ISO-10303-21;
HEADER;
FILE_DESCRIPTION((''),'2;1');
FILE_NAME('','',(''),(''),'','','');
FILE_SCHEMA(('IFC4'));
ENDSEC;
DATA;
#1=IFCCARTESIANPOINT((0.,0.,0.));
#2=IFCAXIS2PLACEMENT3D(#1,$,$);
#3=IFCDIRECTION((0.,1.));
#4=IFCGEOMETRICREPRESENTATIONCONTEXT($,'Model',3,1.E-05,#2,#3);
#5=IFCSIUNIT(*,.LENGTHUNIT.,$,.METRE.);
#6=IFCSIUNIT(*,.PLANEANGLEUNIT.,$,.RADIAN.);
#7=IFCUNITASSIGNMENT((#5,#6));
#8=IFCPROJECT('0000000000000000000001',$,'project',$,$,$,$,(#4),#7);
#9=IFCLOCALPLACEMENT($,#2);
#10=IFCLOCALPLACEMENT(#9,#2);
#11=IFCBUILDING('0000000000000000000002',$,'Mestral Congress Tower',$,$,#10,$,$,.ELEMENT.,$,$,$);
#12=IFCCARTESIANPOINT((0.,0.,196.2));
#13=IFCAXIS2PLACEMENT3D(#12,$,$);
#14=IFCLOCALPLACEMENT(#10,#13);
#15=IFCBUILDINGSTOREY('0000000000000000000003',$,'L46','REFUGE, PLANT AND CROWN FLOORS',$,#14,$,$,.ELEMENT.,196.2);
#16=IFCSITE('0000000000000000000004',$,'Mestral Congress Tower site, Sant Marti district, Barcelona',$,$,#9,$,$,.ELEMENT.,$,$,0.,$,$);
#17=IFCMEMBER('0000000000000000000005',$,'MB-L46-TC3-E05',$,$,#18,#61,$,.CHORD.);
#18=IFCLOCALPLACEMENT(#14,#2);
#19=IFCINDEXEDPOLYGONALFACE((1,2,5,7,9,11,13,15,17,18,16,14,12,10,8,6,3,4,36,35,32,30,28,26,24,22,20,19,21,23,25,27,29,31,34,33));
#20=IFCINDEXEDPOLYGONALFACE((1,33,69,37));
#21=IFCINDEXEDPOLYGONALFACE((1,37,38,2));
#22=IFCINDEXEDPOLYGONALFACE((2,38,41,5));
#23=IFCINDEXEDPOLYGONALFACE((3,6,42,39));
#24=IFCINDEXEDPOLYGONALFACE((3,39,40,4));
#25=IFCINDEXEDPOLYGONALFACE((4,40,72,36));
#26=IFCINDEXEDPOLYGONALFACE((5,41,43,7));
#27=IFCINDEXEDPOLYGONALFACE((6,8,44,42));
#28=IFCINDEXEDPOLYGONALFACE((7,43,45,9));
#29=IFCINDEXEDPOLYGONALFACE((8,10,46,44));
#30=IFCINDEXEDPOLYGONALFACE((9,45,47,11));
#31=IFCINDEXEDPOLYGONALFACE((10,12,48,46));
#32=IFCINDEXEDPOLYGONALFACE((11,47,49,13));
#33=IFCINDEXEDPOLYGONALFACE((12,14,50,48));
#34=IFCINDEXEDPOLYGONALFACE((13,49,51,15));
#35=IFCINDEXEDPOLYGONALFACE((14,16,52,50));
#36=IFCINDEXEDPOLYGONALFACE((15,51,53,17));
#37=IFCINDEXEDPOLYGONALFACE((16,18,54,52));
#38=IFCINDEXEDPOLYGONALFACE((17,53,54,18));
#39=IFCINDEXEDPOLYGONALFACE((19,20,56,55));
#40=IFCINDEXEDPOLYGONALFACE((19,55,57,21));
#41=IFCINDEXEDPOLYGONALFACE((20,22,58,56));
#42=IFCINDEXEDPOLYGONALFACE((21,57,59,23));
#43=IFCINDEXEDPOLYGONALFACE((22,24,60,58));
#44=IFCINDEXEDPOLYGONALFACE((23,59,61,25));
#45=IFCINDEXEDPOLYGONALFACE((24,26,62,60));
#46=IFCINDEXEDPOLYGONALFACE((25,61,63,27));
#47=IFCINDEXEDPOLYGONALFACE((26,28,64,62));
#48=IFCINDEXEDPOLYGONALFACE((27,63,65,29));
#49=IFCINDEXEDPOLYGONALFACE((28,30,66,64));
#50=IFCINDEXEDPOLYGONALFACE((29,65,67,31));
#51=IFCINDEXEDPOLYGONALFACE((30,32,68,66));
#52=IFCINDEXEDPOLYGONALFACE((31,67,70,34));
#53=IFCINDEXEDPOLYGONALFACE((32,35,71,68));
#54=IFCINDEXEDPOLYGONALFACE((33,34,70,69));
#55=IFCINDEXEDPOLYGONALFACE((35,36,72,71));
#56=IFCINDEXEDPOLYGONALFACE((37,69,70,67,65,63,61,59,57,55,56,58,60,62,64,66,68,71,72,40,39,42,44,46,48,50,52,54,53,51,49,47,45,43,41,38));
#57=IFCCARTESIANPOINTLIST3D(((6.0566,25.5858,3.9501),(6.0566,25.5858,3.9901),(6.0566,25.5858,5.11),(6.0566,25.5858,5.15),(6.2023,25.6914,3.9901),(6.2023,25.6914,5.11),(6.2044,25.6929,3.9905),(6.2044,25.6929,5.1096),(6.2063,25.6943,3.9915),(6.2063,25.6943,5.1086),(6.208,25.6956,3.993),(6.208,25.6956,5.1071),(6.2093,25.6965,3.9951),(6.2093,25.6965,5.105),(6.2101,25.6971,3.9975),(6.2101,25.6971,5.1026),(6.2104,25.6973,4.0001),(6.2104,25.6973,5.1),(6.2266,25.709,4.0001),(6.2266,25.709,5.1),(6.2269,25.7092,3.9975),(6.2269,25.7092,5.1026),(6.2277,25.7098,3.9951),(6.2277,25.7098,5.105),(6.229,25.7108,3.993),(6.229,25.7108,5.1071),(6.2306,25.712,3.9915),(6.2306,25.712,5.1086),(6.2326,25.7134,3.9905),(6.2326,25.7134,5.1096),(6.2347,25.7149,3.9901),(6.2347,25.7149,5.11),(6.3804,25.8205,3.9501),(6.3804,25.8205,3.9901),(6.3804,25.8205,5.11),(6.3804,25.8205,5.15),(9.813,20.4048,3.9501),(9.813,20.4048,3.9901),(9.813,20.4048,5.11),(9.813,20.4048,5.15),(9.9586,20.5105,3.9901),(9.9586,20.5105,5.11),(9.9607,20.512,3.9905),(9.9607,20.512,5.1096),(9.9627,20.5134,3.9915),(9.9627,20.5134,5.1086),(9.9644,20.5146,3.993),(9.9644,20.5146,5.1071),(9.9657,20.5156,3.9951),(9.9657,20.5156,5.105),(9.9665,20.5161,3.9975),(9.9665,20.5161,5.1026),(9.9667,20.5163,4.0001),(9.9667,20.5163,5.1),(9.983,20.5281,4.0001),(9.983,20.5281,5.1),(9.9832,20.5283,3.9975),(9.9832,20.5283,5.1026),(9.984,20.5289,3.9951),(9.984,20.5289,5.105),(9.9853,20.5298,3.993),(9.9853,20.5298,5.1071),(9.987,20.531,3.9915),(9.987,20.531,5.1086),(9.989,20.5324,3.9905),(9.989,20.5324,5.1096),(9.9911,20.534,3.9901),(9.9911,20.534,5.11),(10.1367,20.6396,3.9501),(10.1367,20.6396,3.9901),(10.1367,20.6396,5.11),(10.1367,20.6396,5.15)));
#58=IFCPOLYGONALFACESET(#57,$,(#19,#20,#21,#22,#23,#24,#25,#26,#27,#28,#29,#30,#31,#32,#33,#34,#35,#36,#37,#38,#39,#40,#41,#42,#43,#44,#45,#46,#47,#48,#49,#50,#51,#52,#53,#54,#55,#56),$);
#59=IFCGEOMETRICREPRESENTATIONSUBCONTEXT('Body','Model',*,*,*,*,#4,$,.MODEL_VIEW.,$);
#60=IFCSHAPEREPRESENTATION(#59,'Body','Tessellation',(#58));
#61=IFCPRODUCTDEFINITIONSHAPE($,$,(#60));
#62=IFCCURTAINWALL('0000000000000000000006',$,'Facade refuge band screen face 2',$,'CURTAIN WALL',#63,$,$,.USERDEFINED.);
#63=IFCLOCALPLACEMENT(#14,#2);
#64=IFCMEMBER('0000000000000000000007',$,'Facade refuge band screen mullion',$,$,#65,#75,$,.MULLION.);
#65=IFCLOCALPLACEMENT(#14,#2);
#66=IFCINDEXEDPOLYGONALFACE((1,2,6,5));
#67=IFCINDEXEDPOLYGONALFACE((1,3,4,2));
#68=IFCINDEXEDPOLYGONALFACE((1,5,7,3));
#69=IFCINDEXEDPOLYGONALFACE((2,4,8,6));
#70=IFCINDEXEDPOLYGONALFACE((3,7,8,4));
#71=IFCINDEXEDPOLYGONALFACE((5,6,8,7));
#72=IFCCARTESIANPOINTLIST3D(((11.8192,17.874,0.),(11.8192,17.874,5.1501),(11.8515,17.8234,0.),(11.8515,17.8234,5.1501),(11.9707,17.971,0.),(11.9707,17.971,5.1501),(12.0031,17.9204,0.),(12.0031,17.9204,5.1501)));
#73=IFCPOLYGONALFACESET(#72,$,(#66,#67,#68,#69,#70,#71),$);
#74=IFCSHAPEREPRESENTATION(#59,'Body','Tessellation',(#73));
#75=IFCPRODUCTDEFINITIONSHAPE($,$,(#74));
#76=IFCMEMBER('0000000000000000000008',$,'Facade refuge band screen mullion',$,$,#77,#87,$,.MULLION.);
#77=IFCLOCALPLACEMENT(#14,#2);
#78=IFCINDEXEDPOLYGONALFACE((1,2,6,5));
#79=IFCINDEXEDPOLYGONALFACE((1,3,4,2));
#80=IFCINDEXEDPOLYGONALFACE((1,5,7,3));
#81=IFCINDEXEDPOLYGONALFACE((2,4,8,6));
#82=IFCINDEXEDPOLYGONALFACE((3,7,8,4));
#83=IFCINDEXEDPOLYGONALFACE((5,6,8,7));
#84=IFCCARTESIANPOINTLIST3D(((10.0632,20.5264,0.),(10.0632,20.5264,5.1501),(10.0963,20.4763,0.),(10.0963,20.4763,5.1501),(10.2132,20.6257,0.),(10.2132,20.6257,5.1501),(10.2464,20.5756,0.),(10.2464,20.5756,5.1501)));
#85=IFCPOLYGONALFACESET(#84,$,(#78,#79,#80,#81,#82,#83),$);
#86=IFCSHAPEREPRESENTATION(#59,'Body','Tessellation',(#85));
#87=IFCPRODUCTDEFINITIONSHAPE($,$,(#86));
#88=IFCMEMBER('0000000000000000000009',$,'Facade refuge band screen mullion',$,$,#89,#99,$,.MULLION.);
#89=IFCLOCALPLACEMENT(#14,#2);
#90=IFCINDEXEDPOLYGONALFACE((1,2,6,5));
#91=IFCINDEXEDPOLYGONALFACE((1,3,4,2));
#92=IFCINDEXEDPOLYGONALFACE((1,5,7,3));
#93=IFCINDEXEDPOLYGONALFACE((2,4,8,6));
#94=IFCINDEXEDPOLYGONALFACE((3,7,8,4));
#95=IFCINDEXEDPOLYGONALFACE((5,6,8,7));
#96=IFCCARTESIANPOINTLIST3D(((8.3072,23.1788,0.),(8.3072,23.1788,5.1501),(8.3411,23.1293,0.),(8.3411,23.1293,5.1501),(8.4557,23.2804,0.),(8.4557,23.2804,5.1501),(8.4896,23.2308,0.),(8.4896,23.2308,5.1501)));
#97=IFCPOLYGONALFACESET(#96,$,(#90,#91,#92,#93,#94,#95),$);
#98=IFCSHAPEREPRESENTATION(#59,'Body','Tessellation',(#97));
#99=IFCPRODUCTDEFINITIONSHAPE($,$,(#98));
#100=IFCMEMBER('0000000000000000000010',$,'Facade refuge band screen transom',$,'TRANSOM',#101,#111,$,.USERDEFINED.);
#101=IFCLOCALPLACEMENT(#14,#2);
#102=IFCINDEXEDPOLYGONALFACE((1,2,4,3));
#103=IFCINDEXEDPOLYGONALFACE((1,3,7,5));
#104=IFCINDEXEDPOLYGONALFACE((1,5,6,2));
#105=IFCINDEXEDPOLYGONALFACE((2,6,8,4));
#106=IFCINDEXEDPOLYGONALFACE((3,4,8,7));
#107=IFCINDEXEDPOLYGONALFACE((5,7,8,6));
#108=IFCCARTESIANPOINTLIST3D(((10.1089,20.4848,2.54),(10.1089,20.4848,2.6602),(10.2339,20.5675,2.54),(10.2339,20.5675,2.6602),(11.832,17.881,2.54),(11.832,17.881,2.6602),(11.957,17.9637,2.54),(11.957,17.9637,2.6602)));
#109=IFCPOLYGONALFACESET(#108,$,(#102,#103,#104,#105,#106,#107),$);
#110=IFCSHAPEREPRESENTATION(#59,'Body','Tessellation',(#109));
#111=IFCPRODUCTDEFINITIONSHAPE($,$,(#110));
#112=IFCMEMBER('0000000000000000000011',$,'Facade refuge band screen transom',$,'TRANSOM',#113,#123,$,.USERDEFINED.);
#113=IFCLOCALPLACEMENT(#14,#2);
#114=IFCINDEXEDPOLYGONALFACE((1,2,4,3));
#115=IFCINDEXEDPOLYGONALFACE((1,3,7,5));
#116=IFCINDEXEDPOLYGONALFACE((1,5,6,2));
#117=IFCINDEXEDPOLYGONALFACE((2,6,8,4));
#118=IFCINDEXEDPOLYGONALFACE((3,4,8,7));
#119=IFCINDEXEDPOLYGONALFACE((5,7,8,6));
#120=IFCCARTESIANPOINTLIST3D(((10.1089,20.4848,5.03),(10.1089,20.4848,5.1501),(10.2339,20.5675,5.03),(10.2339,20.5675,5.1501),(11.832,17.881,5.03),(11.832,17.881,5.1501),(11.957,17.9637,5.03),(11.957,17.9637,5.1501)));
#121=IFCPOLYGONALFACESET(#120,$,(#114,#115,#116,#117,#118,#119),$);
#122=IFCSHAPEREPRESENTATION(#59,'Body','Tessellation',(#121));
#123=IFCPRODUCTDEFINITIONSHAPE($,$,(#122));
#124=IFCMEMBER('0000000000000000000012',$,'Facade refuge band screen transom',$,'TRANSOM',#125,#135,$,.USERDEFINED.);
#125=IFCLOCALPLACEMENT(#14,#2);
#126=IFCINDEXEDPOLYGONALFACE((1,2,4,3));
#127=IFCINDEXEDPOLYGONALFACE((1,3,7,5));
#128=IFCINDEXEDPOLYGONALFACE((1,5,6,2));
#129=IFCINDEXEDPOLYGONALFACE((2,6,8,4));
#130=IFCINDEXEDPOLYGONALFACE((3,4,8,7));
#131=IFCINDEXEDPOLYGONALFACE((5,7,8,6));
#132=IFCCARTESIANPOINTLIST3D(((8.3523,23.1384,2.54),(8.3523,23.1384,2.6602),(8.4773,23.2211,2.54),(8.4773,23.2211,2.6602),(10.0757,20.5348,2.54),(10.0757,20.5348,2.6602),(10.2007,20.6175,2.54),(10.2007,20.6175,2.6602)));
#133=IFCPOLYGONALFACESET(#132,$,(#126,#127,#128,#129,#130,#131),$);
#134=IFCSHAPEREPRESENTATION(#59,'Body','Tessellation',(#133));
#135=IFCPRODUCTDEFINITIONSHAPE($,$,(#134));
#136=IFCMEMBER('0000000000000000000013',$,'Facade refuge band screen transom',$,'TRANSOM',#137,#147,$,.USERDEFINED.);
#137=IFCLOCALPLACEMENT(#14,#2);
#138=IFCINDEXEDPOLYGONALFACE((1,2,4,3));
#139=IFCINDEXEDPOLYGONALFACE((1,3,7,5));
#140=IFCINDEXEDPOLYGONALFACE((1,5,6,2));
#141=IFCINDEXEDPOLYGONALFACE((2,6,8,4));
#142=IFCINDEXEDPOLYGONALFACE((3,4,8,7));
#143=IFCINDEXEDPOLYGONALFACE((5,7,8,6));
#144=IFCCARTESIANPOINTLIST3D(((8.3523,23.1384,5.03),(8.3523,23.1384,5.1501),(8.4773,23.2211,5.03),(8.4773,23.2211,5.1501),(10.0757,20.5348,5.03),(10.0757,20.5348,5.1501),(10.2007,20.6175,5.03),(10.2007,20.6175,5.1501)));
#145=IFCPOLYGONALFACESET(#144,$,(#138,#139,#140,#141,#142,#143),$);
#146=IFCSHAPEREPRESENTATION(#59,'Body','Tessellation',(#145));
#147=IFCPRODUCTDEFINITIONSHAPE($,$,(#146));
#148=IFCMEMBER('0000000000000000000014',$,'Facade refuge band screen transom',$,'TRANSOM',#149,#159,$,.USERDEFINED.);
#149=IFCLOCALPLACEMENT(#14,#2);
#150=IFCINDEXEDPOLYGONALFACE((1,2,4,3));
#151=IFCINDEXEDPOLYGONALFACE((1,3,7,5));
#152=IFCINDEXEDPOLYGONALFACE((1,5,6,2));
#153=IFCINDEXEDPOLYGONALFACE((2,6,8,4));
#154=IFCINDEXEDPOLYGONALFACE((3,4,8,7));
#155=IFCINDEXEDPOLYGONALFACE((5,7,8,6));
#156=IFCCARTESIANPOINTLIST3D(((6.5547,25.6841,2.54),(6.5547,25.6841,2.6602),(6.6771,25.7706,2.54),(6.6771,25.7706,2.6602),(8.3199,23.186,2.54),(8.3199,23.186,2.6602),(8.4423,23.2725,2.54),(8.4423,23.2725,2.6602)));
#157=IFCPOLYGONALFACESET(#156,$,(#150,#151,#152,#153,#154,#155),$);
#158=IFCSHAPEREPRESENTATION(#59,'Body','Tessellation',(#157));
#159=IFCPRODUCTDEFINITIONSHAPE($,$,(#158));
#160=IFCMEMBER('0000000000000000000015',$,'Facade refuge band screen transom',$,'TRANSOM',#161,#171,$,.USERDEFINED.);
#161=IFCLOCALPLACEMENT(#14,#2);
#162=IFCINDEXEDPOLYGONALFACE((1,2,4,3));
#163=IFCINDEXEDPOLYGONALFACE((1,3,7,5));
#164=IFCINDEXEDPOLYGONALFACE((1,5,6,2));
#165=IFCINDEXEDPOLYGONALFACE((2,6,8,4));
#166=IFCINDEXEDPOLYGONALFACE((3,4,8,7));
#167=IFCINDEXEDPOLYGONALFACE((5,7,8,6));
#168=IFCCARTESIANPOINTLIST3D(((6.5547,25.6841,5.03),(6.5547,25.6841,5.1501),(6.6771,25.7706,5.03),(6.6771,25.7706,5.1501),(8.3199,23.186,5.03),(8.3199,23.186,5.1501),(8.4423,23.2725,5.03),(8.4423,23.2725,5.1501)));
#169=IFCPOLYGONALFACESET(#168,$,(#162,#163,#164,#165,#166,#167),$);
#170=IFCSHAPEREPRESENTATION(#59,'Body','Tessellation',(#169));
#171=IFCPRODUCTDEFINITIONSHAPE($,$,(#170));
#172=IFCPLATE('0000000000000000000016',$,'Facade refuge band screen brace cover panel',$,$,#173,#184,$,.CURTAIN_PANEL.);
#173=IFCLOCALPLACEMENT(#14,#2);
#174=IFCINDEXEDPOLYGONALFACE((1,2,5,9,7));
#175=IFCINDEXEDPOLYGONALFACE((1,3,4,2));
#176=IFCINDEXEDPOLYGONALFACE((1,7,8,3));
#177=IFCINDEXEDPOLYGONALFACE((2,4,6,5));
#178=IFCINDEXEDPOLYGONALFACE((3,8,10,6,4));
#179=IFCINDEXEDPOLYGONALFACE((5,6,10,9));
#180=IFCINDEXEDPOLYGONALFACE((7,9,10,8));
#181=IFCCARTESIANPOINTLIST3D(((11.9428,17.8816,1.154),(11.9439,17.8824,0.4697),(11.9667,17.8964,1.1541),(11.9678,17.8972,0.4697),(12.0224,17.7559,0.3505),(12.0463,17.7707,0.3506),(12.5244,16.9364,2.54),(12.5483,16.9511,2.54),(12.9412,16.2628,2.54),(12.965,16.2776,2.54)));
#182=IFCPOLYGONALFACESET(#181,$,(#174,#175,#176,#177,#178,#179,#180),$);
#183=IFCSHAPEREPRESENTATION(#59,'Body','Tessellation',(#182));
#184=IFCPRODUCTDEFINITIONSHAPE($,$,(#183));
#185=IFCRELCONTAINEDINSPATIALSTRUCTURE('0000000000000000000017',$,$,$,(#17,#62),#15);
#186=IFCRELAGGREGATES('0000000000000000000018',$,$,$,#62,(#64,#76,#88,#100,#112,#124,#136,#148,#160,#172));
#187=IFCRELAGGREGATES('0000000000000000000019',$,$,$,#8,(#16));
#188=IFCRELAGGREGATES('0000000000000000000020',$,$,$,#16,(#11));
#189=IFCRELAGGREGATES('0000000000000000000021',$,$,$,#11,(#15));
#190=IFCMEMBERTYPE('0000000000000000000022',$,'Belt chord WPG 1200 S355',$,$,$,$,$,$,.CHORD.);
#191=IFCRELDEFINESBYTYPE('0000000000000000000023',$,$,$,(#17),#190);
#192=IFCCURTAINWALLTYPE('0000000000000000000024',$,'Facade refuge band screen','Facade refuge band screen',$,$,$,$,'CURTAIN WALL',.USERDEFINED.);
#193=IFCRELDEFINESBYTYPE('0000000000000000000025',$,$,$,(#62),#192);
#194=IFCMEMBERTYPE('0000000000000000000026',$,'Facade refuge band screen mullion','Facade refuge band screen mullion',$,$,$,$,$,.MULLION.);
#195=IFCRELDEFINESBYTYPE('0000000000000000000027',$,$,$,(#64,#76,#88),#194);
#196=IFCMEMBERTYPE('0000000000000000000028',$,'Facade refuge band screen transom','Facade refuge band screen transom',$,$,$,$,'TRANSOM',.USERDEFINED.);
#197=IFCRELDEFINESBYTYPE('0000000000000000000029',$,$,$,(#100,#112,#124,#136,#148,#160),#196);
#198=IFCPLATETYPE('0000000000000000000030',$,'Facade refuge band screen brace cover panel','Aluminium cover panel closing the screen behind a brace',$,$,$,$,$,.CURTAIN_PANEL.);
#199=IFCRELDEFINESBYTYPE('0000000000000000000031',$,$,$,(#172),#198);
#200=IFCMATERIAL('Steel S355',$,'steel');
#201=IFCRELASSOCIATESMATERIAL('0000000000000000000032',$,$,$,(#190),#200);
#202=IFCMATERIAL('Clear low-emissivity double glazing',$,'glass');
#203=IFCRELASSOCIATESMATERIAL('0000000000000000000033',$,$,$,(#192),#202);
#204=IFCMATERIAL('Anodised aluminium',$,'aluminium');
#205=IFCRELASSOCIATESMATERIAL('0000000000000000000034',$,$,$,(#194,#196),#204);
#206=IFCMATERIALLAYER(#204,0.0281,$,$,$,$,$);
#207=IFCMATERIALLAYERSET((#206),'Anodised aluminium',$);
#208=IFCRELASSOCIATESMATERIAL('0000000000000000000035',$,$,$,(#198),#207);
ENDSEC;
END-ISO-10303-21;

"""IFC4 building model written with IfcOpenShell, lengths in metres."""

from ifc_helpers import new_model, si_unit, direction, frame, origin, origin_2d, place, context, subcontext, project, spatial, polyline, rectangle, i_section, outline, extrude, material, layer, layer_set, material_profile, profile_set, type_object, element, aggregate, save


model = new_model("IFC4")

# Units and contexts
model_context = context("Model", 3, precision=1e-05, world=origin(), true_north=direction((0.0, 1.0)))
body_context = subcontext(model_context, "Body", "Model", "MODEL_VIEW")
ifc_project = project(units=[si_unit("LENGTHUNIT", "METRE"), si_unit("PLANEANGLEUNIT", "RADIAN")], contexts=[model_context])

# Site, building, storey
site_placement = place(None, origin())
site = spatial("IfcSite", under=ifc_project, at=site_placement, Name="Mestral Congress Tower site, Sant Marti district, Barcelona", CompositionType="ELEMENT", RefElevation=0.0)
building_placement = place(site_placement, origin())
building = spatial("IfcBuilding", under=site, at=building_placement, Name="Mestral Congress Tower", CompositionType="ELEMENT")
storey_placement = place(building_placement, frame((0.0, 0.0, 196.2)))
storey = spatial("IfcBuildingStorey", under=building, at=storey_placement, Name="L46", Description="REFUGE, PLANT AND CROWN FLOORS", CompositionType="ELEMENT", Elevation=196.2)

# Member
ifc_material_1 = material(Name="Steel S355", Category="steel")
ifc_material_profile_1 = material_profile(ifc_material_1, i_section(OverallWidth=0.3999, OverallDepth=1.2, WebThickness=0.02, FlangeThickness=0.04, FilletRadius=0.01, at=origin_2d()), Name="WPG 1200")
ifc_profile_set_1 = profile_set([ifc_material_profile_1], Name="Steel S355")
member_type_1 = type_object("IfcMemberType", Name="Belt chord WPG 1200 S355", PredefinedType="CHORD", material=ifc_profile_set_1)
member_1_placement = place(storey_placement, frame((9.9749, 20.5222, 4.55), z_axis=(-0.586987, 0.809596, 0.0), x_axis=(-0.809596, -0.586987, 0.0)))
element("IfcMember", 1, at=member_1_placement, inside=storey, type_object=member_type_1, Name="MB-L46-TC3-E05", PredefinedType="CHORD", context=body_context, shape_type="SweptSolid", body=[
    extrude(i_section(OverallWidth=0.3999, OverallDepth=1.2, WebThickness=0.02, FlangeThickness=0.04, FilletRadius=0.01, at=origin_2d()), origin(), (0.0, 0.0, 1.0), 6.3994),
])

# Curtain wall, members, plate
ifc_material_2 = material(Name="Clear low-emissivity double glazing", Category="glass")
curtain_wall_type = type_object("IfcCurtainWallType", Name="Facade refuge band screen", Description="Facade refuge band screen", ElementType="CURTAIN WALL", PredefinedType="USERDEFINED", material=ifc_material_2)
placement = place(storey_placement, origin())
curtain_wall = element("IfcCurtainWall", 2, at=placement, inside=storey, type_object=curtain_wall_type, Name="Facade refuge band screen face 2", ObjectType="CURTAIN WALL", PredefinedType="USERDEFINED")
ifc_material_3 = material(Name="Anodised aluminium", Category="aluminium")
ifc_material_profile_2 = material_profile(ifc_material_3, rectangle(XDim=0.1799, YDim=0.0601, at=origin_2d()), Name="CW3 mullion 180 x 60")
ifc_profile_set_2 = profile_set([ifc_material_profile_2], Name="Anodised aluminium")
member_type_2 = type_object("IfcMemberType", Name="Facade refuge band screen mullion", Description="Facade refuge band screen mullion", PredefinedType="MULLION", material=ifc_profile_set_2)
member_2_placement = place(storey_placement, frame((11.9111, 17.8972, 0.0), z_axis=(0.0, 0.0, 1.0), x_axis=(0.842232, 0.539115, 0.0)))
member_2 = element("IfcMember", 3, at=member_2_placement, type_object=member_type_2, Name="Facade refuge band screen mullion", PredefinedType="MULLION", context=body_context, shape_type="SweptSolid", body=[
    extrude(rectangle(XDim=0.1799, YDim=0.0601, at=origin_2d()), origin(), (0.0, 0.0, 1.0), 5.1501),
])
member_3_placement = place(storey_placement, frame((10.1548, 20.551, 0.0), z_axis=(0.0, 0.0, 1.0), x_axis=(0.833906, 0.551906, 0.0)))
member_3 = element("IfcMember", 4, at=member_3_placement, type_object=member_type_2, Name="Facade refuge band screen mullion", PredefinedType="MULLION", context=body_context, shape_type="SweptSolid", body=[
    extrude(rectangle(XDim=0.1799, YDim=0.0601, at=origin_2d()), origin(), (0.0, 0.0, 1.0), 5.1501),
])
member_4_placement = place(storey_placement, frame((8.3984, 23.2048, 0.0), z_axis=(0.0, 0.0, 1.0), x_axis=(0.825387, 0.564568, 0.0)))
member_4 = element("IfcMember", 5, at=member_4_placement, type_object=member_type_2, Name="Facade refuge band screen mullion", PredefinedType="MULLION", context=body_context, shape_type="SweptSolid", body=[
    extrude(rectangle(XDim=0.1799, YDim=0.0601, at=origin_2d()), origin(), (0.0, 0.0, 1.0), 5.1501),
])
ifc_material_profile_3 = material_profile(ifc_material_3, rectangle(XDim=0.1499, YDim=0.1201, at=origin_2d()), Name="CW3 transom 150 x 120")
ifc_profile_set_3 = profile_set([ifc_material_profile_3], Name="Anodised aluminium")
member_type_3 = type_object("IfcMemberType", Name="Facade refuge band screen transom", Description="Facade refuge band screen transom", ElementType="TRANSOM", PredefinedType="USERDEFINED", material=ifc_profile_set_3)
member_5_placement = place(storey_placement, frame((11.8945, 17.9224, 2.6001), z_axis=(-0.551882, 0.833922, 0.0), x_axis=(-0.833922, -0.551882, 0.0)))
member_5 = element("IfcMember", 6, at=member_5_placement, type_object=member_type_3, Name="Facade refuge band screen transom", ObjectType="TRANSOM", PredefinedType="USERDEFINED", context=body_context, shape_type="SweptSolid", body=[
    extrude(rectangle(XDim=0.1499, YDim=0.1201, at=origin_2d()), origin(), (0.0, 0.0, 1.0), 3.1223),
])
member_6_placement = place(storey_placement, frame((11.8945, 17.9224, 5.0901), z_axis=(-0.551882, 0.833922, 0.0), x_axis=(-0.833922, -0.551882, 0.0)))
member_6 = element("IfcMember", 7, at=member_6_placement, type_object=member_type_3, Name="Facade refuge band screen transom", ObjectType="TRANSOM", PredefinedType="USERDEFINED", context=body_context, shape_type="SweptSolid", body=[
    extrude(rectangle(XDim=0.1499, YDim=0.1201, at=origin_2d()), origin(), (0.0, 0.0, 1.0), 3.1223),
])
member_7_placement = place(storey_placement, frame((10.1382, 20.5762, 2.6001), z_axis=(-0.551972, 0.833862, 0.0), x_axis=(-0.833862, -0.551972, 0.0)))
member_7 = element("IfcMember", 8, at=member_7_placement, type_object=member_type_3, Name="Facade refuge band screen transom", ObjectType="TRANSOM", PredefinedType="USERDEFINED", context=body_context, shape_type="SweptSolid", body=[
    extrude(rectangle(XDim=0.1499, YDim=0.1201, at=origin_2d()), origin(), (0.0, 0.0, 1.0), 3.1223),
])
member_8_placement = place(storey_placement, frame((10.1382, 20.5762, 5.0901), z_axis=(-0.551972, 0.833862, 0.0), x_axis=(-0.833862, -0.551972, 0.0)))
member_8 = element("IfcMember", 9, at=member_8_placement, type_object=member_type_3, Name="Facade refuge band screen transom", ObjectType="TRANSOM", PredefinedType="USERDEFINED", context=body_context, shape_type="SweptSolid", body=[
    extrude(rectangle(XDim=0.1499, YDim=0.1201, at=origin_2d()), origin(), (0.0, 0.0, 1.0), 3.1223),
])
member_9_placement = place(storey_placement, frame((8.3811, 23.2292, 2.6001), z_axis=(-0.577078, 0.816689, 0.0), x_axis=(-0.816689, -0.577078, 0.0)))
member_9 = element("IfcMember", 10, at=member_9_placement, type_object=member_type_3, Name="Facade refuge band screen transom", ObjectType="TRANSOM", PredefinedType="USERDEFINED", context=body_context, shape_type="SweptSolid", body=[
    extrude(rectangle(XDim=0.1499, YDim=0.1201, at=origin_2d()), origin(), (0.0, 0.0, 1.0), 3.0588),
])
member_10_placement = place(storey_placement, frame((8.3811, 23.2292, 5.0901), z_axis=(-0.577078, 0.816689, 0.0), x_axis=(-0.816689, -0.577078, 0.0)))
member_10 = element("IfcMember", 11, at=member_10_placement, type_object=member_type_3, Name="Facade refuge band screen transom", ObjectType="TRANSOM", PredefinedType="USERDEFINED", context=body_context, shape_type="SweptSolid", body=[
    extrude(rectangle(XDim=0.1499, YDim=0.1201, at=origin_2d()), origin(), (0.0, 0.0, 1.0), 3.0588),
])
ifc_layer_1 = layer(ifc_material_3, 0.0281)
ifc_layer_set_1 = layer_set([ifc_layer_1], Name="Anodised aluminium")
plate_type_1 = type_object("IfcPlateType", Name="Facade refuge band screen brace cover panel", Description="Aluminium cover panel closing the screen behind a brace", PredefinedType="CURTAIN_PANEL", material=ifc_layer_set_1)
plate_1_placement = place(storey_placement, frame((11.9678, 17.8972, 0.4697), z_axis=(0.850409, 0.526118, 0.00196), x_axis=(0.41185, -0.663382, -0.624743)))
plate_1 = element("IfcPlate", 12, at=plate_1_placement, type_object=plate_type_1, Name="Facade refuge band screen brace cover panel", PredefinedType="CURTAIN_PANEL", context=body_context, shape_type="SweptSolid", body=[
    extrude(outline(polyline([(0.0, 0.0), (0.1907, 0.0), (0.1918, -2.8049), (-0.4267, -2.31), (-0.4274, -0.5344), (0.0, 0.0)])), origin(), (0.0, 0.0, -1.0), 0.0281),
])
aggregate(curtain_wall, [member_2, member_3, member_4, member_5, member_6, member_7, member_8, member_9, member_10, plate_1])

save(model, "model.ifc")
